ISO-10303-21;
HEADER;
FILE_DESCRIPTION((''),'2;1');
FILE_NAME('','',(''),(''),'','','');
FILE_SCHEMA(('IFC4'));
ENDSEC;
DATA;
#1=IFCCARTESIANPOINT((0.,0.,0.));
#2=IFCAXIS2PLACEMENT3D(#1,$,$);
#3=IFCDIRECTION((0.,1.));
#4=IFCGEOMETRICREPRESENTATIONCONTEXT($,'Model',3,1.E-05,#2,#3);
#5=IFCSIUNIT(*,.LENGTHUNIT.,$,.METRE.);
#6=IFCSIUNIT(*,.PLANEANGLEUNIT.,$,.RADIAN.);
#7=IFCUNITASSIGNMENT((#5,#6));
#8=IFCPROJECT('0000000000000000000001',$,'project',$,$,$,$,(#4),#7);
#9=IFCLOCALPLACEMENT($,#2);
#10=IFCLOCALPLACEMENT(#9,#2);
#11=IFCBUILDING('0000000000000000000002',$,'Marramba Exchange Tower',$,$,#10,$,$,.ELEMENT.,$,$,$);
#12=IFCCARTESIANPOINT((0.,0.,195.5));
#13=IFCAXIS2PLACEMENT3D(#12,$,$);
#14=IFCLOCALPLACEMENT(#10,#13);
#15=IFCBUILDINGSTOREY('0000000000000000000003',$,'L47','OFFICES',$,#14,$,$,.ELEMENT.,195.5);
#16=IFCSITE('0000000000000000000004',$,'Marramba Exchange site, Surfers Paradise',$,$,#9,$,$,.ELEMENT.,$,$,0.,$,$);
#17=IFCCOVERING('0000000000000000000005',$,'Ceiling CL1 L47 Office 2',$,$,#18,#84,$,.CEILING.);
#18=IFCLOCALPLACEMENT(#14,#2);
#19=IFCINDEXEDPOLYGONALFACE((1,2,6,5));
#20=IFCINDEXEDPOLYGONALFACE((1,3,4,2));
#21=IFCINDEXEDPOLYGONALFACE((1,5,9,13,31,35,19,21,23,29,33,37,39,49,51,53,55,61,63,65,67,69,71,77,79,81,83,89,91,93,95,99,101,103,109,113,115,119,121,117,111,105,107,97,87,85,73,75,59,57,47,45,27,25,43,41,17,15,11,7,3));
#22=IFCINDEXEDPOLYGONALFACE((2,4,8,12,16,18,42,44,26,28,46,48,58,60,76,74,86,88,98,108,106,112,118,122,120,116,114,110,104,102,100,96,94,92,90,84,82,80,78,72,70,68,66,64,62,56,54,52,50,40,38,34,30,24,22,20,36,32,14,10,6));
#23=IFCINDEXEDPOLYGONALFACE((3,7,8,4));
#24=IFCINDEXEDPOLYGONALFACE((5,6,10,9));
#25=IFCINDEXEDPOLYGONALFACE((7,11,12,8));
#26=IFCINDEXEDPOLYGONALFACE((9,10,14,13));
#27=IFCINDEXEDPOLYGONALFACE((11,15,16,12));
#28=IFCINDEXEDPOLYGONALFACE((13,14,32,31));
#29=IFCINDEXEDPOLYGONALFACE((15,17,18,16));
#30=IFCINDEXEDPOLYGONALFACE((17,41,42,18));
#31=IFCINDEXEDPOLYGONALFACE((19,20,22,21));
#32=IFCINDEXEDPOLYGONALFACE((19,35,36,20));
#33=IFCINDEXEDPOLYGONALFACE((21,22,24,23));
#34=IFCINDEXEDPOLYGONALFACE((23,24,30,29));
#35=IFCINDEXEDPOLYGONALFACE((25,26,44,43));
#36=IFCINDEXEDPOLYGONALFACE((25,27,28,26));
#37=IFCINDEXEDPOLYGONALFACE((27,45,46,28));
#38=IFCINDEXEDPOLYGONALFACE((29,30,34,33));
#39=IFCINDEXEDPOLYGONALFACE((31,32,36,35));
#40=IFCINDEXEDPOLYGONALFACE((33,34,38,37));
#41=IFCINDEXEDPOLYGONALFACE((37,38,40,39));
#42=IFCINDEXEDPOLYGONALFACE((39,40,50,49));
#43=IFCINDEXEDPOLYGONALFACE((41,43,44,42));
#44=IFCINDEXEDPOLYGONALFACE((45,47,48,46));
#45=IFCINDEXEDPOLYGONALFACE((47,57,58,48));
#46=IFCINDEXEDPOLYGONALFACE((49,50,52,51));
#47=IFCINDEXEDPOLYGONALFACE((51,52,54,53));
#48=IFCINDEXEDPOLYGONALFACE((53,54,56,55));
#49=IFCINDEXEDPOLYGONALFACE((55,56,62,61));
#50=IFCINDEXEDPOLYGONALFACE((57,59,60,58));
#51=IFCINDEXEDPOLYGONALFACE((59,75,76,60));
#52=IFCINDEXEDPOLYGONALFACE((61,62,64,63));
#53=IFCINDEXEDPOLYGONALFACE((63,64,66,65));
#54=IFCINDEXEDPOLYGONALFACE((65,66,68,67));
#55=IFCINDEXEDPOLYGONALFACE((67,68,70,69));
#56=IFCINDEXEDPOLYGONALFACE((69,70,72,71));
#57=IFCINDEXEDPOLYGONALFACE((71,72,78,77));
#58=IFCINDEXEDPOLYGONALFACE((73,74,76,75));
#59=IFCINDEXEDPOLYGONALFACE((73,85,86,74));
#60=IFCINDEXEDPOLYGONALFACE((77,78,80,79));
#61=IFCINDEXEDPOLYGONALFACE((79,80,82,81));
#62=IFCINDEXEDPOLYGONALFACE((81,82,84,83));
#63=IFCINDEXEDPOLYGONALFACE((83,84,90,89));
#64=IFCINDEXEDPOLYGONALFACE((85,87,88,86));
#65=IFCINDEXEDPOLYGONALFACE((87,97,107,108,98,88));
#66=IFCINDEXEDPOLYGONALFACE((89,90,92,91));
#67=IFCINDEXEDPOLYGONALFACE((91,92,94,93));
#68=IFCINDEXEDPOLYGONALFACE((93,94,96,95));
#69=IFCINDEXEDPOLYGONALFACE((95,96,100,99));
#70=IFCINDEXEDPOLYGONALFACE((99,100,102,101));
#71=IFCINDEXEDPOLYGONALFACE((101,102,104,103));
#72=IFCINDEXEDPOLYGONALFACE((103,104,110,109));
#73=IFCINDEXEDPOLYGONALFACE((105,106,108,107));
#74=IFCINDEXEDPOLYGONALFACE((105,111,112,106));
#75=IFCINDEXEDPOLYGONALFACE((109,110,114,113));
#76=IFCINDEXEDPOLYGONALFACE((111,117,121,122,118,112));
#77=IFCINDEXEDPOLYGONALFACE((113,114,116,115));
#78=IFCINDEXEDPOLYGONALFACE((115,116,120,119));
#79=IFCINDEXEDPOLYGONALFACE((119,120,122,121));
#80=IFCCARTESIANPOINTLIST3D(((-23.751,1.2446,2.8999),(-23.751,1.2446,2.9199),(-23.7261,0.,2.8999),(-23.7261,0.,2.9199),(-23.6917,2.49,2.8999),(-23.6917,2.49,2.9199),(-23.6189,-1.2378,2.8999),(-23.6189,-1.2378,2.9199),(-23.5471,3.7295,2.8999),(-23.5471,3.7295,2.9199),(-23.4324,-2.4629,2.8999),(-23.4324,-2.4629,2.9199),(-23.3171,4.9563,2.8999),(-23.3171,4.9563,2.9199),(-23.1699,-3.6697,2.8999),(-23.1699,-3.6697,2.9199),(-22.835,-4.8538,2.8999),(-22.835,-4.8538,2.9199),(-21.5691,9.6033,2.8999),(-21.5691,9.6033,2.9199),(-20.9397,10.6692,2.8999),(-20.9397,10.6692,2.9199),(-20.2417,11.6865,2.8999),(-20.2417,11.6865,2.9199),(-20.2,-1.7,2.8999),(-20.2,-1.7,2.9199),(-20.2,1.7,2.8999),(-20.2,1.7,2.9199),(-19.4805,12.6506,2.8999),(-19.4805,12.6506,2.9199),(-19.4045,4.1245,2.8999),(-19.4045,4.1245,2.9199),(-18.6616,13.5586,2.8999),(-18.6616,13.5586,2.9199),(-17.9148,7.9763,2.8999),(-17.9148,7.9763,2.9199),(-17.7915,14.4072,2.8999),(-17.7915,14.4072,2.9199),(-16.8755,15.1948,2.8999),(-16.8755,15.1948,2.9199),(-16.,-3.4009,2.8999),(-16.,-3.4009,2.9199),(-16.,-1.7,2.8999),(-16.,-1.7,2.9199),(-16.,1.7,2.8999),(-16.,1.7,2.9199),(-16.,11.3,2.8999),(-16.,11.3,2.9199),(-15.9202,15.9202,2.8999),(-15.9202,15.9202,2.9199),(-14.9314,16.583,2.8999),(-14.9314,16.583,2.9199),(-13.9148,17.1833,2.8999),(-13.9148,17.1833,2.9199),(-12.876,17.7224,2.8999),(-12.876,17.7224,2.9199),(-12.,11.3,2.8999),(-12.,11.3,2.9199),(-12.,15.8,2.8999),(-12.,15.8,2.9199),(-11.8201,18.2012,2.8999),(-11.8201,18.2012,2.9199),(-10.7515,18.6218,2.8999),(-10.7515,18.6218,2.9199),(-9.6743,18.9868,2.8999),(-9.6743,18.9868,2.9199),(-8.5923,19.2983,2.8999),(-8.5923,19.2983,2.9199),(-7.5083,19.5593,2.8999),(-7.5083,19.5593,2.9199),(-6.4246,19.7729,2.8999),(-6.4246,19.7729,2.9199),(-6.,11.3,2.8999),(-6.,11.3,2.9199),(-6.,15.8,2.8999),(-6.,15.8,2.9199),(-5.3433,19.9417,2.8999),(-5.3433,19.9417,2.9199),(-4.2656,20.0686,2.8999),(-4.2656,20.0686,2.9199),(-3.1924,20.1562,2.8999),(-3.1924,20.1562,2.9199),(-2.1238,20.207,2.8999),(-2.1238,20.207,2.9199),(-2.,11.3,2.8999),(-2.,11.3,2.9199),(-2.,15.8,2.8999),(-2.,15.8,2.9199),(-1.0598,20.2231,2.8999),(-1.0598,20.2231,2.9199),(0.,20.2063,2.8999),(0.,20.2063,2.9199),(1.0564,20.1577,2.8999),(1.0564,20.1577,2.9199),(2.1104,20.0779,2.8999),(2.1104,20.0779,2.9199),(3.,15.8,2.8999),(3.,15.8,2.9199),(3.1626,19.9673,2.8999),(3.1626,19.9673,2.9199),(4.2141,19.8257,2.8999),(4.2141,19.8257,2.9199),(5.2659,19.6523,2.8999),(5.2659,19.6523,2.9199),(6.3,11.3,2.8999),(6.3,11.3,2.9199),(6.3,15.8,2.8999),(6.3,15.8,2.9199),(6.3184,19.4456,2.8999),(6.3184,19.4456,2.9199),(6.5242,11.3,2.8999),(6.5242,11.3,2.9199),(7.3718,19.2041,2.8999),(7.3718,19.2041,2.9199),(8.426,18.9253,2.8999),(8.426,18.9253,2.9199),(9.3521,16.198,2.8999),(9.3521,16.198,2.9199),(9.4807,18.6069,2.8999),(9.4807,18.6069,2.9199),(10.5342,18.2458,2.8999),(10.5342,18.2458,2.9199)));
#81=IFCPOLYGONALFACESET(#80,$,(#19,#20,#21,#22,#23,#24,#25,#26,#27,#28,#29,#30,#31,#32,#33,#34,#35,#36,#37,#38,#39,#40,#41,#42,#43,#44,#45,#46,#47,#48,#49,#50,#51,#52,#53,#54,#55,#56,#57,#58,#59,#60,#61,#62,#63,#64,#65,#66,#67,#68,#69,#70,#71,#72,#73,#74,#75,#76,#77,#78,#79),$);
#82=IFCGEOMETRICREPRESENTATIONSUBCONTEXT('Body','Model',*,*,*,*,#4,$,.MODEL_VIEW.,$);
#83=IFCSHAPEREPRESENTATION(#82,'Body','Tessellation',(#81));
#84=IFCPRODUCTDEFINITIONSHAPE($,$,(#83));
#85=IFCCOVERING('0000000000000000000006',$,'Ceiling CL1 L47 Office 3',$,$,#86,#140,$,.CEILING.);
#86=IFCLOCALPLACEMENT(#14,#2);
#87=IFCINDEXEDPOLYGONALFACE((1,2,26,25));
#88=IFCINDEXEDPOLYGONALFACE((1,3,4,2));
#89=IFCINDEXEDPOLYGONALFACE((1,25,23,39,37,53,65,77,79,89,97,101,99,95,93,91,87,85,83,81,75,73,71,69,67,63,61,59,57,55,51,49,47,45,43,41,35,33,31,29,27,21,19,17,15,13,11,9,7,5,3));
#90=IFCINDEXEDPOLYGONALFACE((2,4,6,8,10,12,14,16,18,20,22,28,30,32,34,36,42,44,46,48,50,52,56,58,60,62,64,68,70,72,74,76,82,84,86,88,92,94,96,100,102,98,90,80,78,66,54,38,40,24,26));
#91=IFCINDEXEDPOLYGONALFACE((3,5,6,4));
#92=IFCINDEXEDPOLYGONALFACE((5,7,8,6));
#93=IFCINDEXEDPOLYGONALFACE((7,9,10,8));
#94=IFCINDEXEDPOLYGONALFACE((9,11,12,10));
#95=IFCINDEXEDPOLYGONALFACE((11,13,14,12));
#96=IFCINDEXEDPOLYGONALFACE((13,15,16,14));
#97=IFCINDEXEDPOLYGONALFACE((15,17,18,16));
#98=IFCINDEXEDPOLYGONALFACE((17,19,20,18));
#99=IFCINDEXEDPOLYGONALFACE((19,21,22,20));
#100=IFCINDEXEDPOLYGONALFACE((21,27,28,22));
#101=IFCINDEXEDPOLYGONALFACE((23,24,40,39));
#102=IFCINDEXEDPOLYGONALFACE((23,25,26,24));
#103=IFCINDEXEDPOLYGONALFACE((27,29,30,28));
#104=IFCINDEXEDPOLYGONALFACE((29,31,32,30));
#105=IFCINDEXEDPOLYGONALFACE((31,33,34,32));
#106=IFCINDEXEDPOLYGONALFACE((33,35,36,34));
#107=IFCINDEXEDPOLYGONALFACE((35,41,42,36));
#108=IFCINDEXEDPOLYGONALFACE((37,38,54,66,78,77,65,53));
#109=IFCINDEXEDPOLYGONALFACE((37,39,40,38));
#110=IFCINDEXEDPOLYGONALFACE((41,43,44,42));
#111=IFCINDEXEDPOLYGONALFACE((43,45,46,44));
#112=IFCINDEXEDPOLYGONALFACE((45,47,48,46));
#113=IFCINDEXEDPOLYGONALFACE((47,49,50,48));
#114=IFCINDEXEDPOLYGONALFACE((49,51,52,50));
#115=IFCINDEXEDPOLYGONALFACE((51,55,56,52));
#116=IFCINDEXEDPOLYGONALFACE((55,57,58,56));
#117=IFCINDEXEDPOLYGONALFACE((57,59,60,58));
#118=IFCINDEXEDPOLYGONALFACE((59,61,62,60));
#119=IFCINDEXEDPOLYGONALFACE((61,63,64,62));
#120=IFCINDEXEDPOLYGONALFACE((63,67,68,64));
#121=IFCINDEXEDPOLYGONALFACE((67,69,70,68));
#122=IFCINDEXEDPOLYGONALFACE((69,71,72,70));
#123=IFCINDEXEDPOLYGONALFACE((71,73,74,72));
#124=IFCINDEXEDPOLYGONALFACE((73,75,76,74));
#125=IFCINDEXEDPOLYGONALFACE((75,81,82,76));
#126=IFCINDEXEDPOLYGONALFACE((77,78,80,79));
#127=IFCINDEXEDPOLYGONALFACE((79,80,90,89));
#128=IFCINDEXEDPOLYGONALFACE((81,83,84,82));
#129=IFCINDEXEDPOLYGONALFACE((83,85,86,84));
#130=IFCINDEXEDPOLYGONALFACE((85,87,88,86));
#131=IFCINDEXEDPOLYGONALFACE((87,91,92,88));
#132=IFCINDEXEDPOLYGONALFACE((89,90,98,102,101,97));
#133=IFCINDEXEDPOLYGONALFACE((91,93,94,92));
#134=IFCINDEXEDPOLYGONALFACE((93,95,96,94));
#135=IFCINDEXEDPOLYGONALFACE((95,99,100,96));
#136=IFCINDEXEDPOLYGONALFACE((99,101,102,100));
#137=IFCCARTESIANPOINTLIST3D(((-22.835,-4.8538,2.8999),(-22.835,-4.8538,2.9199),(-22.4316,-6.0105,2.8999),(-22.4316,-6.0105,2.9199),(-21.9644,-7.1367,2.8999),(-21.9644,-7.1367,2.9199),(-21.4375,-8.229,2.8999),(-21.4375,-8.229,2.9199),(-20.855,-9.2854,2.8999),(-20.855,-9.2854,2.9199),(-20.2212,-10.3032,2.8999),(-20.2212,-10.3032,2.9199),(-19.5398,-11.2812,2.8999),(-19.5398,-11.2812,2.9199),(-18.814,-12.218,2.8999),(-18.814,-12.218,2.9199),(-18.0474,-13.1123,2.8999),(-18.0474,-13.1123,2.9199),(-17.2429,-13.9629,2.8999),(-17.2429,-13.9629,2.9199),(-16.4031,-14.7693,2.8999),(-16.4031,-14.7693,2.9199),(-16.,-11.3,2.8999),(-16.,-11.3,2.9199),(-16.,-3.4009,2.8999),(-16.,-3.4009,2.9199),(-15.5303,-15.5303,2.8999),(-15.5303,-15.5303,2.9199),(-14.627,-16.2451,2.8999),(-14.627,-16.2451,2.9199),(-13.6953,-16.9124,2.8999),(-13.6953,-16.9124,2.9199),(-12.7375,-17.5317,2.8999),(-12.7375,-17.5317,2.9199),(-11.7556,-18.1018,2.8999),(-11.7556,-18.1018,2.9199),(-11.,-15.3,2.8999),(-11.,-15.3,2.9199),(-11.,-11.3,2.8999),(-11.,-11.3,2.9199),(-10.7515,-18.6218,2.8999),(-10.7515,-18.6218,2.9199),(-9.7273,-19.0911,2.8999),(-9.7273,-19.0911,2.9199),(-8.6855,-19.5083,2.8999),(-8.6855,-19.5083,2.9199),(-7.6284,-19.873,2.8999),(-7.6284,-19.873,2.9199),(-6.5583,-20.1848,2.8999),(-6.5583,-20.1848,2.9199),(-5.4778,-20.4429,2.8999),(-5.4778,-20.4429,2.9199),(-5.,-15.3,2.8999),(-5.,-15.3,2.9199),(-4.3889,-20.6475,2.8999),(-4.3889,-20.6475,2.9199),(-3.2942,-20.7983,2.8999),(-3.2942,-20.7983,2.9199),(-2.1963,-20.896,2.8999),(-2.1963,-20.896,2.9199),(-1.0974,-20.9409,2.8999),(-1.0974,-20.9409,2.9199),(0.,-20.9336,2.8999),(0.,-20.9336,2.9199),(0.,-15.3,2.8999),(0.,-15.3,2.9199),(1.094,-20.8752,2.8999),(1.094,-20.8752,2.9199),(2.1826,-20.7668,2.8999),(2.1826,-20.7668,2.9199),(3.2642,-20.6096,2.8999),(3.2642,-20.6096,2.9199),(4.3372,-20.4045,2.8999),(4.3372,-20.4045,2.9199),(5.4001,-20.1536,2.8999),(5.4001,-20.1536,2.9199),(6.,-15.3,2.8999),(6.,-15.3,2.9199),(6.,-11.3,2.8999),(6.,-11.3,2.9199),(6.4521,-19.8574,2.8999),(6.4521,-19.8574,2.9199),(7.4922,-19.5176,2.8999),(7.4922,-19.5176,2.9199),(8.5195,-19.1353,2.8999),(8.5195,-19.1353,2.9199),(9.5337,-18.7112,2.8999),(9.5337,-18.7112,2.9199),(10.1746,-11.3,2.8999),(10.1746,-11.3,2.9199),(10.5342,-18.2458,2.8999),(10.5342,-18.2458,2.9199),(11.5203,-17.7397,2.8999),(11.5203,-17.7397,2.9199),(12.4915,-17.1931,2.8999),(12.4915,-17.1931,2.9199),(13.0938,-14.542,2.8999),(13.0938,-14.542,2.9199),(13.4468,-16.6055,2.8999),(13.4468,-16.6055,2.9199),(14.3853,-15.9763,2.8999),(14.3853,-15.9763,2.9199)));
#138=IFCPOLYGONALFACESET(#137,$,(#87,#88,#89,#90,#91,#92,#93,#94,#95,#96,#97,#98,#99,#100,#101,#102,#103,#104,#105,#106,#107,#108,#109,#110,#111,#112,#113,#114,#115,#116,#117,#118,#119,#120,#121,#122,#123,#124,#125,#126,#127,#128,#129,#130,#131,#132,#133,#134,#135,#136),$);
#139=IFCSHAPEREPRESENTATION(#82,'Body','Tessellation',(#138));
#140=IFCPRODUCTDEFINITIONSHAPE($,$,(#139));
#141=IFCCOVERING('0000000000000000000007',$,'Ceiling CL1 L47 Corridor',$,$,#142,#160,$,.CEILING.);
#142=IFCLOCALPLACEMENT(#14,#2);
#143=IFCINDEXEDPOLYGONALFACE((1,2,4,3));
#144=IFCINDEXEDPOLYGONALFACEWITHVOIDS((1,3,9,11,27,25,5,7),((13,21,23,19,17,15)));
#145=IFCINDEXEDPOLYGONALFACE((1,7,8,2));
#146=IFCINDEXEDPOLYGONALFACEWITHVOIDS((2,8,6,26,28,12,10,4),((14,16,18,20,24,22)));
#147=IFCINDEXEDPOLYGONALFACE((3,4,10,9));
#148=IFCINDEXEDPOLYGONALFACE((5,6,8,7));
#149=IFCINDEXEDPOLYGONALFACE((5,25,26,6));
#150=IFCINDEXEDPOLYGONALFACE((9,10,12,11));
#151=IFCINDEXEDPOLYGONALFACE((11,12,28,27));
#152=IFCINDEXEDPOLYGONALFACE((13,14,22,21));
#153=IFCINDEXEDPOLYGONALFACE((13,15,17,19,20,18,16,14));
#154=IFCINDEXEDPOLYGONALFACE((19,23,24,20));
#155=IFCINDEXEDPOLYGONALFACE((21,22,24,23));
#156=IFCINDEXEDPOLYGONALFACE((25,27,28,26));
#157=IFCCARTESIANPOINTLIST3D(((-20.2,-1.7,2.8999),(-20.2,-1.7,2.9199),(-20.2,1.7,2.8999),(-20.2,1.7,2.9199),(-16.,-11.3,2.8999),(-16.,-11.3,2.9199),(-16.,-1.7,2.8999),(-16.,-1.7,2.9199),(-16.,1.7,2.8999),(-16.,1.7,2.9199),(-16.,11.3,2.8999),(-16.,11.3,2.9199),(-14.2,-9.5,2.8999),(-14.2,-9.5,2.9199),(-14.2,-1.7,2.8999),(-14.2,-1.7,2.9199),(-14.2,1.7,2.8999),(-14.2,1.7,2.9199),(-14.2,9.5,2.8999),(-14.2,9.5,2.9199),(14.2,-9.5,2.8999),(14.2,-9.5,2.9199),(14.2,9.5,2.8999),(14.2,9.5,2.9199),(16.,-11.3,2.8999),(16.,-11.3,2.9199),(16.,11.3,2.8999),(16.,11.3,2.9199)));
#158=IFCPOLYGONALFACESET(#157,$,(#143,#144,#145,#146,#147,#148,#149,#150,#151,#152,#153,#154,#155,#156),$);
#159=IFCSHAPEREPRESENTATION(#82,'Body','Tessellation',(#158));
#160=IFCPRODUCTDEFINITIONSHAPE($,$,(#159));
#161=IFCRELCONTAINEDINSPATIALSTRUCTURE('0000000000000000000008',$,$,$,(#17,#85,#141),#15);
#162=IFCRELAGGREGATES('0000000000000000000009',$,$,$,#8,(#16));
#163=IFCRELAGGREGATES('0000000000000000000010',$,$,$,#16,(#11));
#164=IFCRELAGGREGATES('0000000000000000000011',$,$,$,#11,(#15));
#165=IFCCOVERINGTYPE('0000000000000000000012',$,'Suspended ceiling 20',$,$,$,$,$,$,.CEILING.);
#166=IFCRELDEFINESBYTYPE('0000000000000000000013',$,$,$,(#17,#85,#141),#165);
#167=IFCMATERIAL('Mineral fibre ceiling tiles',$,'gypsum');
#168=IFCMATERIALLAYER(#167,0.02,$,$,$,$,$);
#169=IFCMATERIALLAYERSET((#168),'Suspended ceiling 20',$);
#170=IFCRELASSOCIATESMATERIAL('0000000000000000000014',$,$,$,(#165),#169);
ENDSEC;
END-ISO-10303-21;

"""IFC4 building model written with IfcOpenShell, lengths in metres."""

from ifc_helpers import new_model, si_unit, direction, frame, origin, place, context, subcontext, project, spatial, polyline, outline, extrude, material, layer, layer_set, type_object, element, save


model = new_model("IFC4")

# Units and contexts
model_context = context("Model", 3, precision=1e-05, world=origin(), true_north=direction((0.0, 1.0)))
body_context = subcontext(model_context, "Body", "Model", "MODEL_VIEW")
ifc_project = project(units=[si_unit("LENGTHUNIT", "METRE"), si_unit("PLANEANGLEUNIT", "RADIAN")], contexts=[model_context])

# Site, building, storey
site_placement = place(None, origin())
site = spatial("IfcSite", under=ifc_project, at=site_placement, Name="Marramba Exchange site, Surfers Paradise", CompositionType="ELEMENT", RefElevation=0.0)
building_placement = place(site_placement, origin())
building = spatial("IfcBuilding", under=site, at=building_placement, Name="Marramba Exchange Tower", CompositionType="ELEMENT")
storey_placement = place(building_placement, frame((0.0, 0.0, 195.5)))
storey = spatial("IfcBuildingStorey", under=building, at=storey_placement, Name="L47", Description="OFFICES", CompositionType="ELEMENT", Elevation=195.5)

# Coverings
ifc_material_1 = material(Name="Mineral fibre ceiling tiles", Category="gypsum")
ifc_layer_1 = layer(ifc_material_1, 0.02)
ifc_layer_set_1 = layer_set([ifc_layer_1], Name="Suspended ceiling 20")
covering_type = type_object("IfcCoveringType", Name="Suspended ceiling 20", PredefinedType="CEILING", material=ifc_layer_set_1)
covering_1_placement = place(storey_placement, frame((0.0, 0.0, 2.8999)))
element("IfcCovering", 1, at=covering_1_placement, inside=storey, type_object=covering_type, Name="Ceiling CL1 L47 Office 2", PredefinedType="CEILING", context=body_context, shape_type="SweptSolid", body=[
    extrude(outline(polyline([(-16.0, 1.7), (-20.2, 1.7), (-20.2, -1.7), (-16.0, -1.7), (-16.0, -3.4009), (-22.835, -4.8538), (-23.1699, -3.6697), (-23.4324, -2.4629), (-23.6189, -1.2378), (-23.7261, 0.0), (-23.751, 1.2446), (-23.6917, 2.49), (-23.5471, 3.7295), (-23.3171, 4.9563), (-19.4045, 4.1245), (-17.9148, 7.9763), (-21.5691, 9.6033), (-20.9397, 10.6692), (-20.2417, 11.6865), (-19.4805, 12.6506), (-18.6616, 13.5586), (-17.7915, 14.4072), (-16.8755, 15.1948), (-15.9202, 15.9202), (-14.9314, 16.583), (-13.9148, 17.1833), (-12.876, 17.7224), (-11.8201, 18.2012), (-10.7515, 18.6218), (-9.6743, 18.9868), (-8.5923, 19.2983), (-7.5083, 19.5593), (-6.4246, 19.7729), (-5.3433, 19.9417), (-4.2656, 20.0686), (-3.1924, 20.1562), (-2.1238, 20.207), (-1.0598, 20.2231), (0.0, 20.2063), (1.0564, 20.1577), (2.1104, 20.0779), (3.1626, 19.9673), (4.2141, 19.8257), (5.2659, 19.6523), (6.3184, 19.4456), (7.3718, 19.2041), (8.426, 18.9253), (9.4807, 18.6069), (10.5342, 18.2458), (9.3521, 16.198), (6.5242, 11.3), (6.3, 11.3), (6.3, 15.8), (3.0, 15.8), (-2.0, 15.8), (-2.0, 11.3), (-6.0, 11.3), (-6.0, 15.8), (-12.0, 15.8), (-12.0, 11.3), (-16.0, 11.3), (-16.0, 1.7)])), origin(), (0.0, 0.0, 1.0), 0.02),
])
covering_2_placement = place(storey_placement, frame((0.0, 0.0, 2.8999)))
element("IfcCovering", 2, at=covering_2_placement, inside=storey, type_object=covering_type, Name="Ceiling CL1 L47 Office 3", PredefinedType="CEILING", context=body_context, shape_type="SweptSolid", body=[
    extrude(outline(polyline([(-11.0, -11.3), (-11.0, -15.3), (-5.0, -15.3), (0.0, -15.3), (6.0, -15.3), (6.0, -11.3), (10.1746, -11.3), (13.0938, -14.542), (14.3853, -15.9763), (13.4468, -16.6055), (12.4915, -17.1931), (11.5203, -17.7397), (10.5342, -18.2458), (9.5337, -18.7112), (8.5195, -19.1353), (7.4922, -19.5176), (6.4521, -19.8574), (5.4001, -20.1536), (4.3372, -20.4045), (3.2642, -20.6096), (2.1826, -20.7668), (1.094, -20.8752), (0.0, -20.9336), (-1.0974, -20.9409), (-2.1963, -20.896), (-3.2942, -20.7983), (-4.3889, -20.6475), (-5.4778, -20.4429), (-6.5583, -20.1848), (-7.6284, -19.873), (-8.6855, -19.5083), (-9.7273, -19.0911), (-10.7515, -18.6218), (-11.7556, -18.1018), (-12.7375, -17.5317), (-13.6953, -16.9124), (-14.627, -16.2451), (-15.5303, -15.5303), (-16.4031, -14.7693), (-17.2429, -13.9629), (-18.0474, -13.1123), (-18.814, -12.218), (-19.5398, -11.2812), (-20.2212, -10.3032), (-20.855, -9.2854), (-21.4375, -8.229), (-21.9644, -7.1367), (-22.4316, -6.0105), (-22.835, -4.8538), (-16.0, -3.4009), (-16.0, -11.3), (-11.0, -11.3)])), origin(), (0.0, 0.0, 1.0), 0.02),
])
covering_3_placement = place(storey_placement, frame((0.0, 0.0, 2.8999)))
element("IfcCovering", 3, at=covering_3_placement, inside=storey, type_object=covering_type, Name="Ceiling CL1 L47 Corridor", PredefinedType="CEILING", context=body_context, shape_type="SweptSolid", body=[
    extrude(outline(polyline([(-16.0, 11.3), (16.0, 11.3), (16.0, -11.3), (-16.0, -11.3), (-16.0, -1.7), (-20.2, -1.7), (-20.2, 1.7), (-16.0, 1.7), (-16.0, 11.3)]), holes=[polyline([(14.2, 9.5), (-14.2, 9.5), (-14.2, 1.7), (-14.2, -1.7), (-14.2, -9.5), (14.2, -9.5), (14.2, 9.5)])]), origin(), (0.0, 0.0, 1.0), 0.02),
])

save(model, "model.ifc")
